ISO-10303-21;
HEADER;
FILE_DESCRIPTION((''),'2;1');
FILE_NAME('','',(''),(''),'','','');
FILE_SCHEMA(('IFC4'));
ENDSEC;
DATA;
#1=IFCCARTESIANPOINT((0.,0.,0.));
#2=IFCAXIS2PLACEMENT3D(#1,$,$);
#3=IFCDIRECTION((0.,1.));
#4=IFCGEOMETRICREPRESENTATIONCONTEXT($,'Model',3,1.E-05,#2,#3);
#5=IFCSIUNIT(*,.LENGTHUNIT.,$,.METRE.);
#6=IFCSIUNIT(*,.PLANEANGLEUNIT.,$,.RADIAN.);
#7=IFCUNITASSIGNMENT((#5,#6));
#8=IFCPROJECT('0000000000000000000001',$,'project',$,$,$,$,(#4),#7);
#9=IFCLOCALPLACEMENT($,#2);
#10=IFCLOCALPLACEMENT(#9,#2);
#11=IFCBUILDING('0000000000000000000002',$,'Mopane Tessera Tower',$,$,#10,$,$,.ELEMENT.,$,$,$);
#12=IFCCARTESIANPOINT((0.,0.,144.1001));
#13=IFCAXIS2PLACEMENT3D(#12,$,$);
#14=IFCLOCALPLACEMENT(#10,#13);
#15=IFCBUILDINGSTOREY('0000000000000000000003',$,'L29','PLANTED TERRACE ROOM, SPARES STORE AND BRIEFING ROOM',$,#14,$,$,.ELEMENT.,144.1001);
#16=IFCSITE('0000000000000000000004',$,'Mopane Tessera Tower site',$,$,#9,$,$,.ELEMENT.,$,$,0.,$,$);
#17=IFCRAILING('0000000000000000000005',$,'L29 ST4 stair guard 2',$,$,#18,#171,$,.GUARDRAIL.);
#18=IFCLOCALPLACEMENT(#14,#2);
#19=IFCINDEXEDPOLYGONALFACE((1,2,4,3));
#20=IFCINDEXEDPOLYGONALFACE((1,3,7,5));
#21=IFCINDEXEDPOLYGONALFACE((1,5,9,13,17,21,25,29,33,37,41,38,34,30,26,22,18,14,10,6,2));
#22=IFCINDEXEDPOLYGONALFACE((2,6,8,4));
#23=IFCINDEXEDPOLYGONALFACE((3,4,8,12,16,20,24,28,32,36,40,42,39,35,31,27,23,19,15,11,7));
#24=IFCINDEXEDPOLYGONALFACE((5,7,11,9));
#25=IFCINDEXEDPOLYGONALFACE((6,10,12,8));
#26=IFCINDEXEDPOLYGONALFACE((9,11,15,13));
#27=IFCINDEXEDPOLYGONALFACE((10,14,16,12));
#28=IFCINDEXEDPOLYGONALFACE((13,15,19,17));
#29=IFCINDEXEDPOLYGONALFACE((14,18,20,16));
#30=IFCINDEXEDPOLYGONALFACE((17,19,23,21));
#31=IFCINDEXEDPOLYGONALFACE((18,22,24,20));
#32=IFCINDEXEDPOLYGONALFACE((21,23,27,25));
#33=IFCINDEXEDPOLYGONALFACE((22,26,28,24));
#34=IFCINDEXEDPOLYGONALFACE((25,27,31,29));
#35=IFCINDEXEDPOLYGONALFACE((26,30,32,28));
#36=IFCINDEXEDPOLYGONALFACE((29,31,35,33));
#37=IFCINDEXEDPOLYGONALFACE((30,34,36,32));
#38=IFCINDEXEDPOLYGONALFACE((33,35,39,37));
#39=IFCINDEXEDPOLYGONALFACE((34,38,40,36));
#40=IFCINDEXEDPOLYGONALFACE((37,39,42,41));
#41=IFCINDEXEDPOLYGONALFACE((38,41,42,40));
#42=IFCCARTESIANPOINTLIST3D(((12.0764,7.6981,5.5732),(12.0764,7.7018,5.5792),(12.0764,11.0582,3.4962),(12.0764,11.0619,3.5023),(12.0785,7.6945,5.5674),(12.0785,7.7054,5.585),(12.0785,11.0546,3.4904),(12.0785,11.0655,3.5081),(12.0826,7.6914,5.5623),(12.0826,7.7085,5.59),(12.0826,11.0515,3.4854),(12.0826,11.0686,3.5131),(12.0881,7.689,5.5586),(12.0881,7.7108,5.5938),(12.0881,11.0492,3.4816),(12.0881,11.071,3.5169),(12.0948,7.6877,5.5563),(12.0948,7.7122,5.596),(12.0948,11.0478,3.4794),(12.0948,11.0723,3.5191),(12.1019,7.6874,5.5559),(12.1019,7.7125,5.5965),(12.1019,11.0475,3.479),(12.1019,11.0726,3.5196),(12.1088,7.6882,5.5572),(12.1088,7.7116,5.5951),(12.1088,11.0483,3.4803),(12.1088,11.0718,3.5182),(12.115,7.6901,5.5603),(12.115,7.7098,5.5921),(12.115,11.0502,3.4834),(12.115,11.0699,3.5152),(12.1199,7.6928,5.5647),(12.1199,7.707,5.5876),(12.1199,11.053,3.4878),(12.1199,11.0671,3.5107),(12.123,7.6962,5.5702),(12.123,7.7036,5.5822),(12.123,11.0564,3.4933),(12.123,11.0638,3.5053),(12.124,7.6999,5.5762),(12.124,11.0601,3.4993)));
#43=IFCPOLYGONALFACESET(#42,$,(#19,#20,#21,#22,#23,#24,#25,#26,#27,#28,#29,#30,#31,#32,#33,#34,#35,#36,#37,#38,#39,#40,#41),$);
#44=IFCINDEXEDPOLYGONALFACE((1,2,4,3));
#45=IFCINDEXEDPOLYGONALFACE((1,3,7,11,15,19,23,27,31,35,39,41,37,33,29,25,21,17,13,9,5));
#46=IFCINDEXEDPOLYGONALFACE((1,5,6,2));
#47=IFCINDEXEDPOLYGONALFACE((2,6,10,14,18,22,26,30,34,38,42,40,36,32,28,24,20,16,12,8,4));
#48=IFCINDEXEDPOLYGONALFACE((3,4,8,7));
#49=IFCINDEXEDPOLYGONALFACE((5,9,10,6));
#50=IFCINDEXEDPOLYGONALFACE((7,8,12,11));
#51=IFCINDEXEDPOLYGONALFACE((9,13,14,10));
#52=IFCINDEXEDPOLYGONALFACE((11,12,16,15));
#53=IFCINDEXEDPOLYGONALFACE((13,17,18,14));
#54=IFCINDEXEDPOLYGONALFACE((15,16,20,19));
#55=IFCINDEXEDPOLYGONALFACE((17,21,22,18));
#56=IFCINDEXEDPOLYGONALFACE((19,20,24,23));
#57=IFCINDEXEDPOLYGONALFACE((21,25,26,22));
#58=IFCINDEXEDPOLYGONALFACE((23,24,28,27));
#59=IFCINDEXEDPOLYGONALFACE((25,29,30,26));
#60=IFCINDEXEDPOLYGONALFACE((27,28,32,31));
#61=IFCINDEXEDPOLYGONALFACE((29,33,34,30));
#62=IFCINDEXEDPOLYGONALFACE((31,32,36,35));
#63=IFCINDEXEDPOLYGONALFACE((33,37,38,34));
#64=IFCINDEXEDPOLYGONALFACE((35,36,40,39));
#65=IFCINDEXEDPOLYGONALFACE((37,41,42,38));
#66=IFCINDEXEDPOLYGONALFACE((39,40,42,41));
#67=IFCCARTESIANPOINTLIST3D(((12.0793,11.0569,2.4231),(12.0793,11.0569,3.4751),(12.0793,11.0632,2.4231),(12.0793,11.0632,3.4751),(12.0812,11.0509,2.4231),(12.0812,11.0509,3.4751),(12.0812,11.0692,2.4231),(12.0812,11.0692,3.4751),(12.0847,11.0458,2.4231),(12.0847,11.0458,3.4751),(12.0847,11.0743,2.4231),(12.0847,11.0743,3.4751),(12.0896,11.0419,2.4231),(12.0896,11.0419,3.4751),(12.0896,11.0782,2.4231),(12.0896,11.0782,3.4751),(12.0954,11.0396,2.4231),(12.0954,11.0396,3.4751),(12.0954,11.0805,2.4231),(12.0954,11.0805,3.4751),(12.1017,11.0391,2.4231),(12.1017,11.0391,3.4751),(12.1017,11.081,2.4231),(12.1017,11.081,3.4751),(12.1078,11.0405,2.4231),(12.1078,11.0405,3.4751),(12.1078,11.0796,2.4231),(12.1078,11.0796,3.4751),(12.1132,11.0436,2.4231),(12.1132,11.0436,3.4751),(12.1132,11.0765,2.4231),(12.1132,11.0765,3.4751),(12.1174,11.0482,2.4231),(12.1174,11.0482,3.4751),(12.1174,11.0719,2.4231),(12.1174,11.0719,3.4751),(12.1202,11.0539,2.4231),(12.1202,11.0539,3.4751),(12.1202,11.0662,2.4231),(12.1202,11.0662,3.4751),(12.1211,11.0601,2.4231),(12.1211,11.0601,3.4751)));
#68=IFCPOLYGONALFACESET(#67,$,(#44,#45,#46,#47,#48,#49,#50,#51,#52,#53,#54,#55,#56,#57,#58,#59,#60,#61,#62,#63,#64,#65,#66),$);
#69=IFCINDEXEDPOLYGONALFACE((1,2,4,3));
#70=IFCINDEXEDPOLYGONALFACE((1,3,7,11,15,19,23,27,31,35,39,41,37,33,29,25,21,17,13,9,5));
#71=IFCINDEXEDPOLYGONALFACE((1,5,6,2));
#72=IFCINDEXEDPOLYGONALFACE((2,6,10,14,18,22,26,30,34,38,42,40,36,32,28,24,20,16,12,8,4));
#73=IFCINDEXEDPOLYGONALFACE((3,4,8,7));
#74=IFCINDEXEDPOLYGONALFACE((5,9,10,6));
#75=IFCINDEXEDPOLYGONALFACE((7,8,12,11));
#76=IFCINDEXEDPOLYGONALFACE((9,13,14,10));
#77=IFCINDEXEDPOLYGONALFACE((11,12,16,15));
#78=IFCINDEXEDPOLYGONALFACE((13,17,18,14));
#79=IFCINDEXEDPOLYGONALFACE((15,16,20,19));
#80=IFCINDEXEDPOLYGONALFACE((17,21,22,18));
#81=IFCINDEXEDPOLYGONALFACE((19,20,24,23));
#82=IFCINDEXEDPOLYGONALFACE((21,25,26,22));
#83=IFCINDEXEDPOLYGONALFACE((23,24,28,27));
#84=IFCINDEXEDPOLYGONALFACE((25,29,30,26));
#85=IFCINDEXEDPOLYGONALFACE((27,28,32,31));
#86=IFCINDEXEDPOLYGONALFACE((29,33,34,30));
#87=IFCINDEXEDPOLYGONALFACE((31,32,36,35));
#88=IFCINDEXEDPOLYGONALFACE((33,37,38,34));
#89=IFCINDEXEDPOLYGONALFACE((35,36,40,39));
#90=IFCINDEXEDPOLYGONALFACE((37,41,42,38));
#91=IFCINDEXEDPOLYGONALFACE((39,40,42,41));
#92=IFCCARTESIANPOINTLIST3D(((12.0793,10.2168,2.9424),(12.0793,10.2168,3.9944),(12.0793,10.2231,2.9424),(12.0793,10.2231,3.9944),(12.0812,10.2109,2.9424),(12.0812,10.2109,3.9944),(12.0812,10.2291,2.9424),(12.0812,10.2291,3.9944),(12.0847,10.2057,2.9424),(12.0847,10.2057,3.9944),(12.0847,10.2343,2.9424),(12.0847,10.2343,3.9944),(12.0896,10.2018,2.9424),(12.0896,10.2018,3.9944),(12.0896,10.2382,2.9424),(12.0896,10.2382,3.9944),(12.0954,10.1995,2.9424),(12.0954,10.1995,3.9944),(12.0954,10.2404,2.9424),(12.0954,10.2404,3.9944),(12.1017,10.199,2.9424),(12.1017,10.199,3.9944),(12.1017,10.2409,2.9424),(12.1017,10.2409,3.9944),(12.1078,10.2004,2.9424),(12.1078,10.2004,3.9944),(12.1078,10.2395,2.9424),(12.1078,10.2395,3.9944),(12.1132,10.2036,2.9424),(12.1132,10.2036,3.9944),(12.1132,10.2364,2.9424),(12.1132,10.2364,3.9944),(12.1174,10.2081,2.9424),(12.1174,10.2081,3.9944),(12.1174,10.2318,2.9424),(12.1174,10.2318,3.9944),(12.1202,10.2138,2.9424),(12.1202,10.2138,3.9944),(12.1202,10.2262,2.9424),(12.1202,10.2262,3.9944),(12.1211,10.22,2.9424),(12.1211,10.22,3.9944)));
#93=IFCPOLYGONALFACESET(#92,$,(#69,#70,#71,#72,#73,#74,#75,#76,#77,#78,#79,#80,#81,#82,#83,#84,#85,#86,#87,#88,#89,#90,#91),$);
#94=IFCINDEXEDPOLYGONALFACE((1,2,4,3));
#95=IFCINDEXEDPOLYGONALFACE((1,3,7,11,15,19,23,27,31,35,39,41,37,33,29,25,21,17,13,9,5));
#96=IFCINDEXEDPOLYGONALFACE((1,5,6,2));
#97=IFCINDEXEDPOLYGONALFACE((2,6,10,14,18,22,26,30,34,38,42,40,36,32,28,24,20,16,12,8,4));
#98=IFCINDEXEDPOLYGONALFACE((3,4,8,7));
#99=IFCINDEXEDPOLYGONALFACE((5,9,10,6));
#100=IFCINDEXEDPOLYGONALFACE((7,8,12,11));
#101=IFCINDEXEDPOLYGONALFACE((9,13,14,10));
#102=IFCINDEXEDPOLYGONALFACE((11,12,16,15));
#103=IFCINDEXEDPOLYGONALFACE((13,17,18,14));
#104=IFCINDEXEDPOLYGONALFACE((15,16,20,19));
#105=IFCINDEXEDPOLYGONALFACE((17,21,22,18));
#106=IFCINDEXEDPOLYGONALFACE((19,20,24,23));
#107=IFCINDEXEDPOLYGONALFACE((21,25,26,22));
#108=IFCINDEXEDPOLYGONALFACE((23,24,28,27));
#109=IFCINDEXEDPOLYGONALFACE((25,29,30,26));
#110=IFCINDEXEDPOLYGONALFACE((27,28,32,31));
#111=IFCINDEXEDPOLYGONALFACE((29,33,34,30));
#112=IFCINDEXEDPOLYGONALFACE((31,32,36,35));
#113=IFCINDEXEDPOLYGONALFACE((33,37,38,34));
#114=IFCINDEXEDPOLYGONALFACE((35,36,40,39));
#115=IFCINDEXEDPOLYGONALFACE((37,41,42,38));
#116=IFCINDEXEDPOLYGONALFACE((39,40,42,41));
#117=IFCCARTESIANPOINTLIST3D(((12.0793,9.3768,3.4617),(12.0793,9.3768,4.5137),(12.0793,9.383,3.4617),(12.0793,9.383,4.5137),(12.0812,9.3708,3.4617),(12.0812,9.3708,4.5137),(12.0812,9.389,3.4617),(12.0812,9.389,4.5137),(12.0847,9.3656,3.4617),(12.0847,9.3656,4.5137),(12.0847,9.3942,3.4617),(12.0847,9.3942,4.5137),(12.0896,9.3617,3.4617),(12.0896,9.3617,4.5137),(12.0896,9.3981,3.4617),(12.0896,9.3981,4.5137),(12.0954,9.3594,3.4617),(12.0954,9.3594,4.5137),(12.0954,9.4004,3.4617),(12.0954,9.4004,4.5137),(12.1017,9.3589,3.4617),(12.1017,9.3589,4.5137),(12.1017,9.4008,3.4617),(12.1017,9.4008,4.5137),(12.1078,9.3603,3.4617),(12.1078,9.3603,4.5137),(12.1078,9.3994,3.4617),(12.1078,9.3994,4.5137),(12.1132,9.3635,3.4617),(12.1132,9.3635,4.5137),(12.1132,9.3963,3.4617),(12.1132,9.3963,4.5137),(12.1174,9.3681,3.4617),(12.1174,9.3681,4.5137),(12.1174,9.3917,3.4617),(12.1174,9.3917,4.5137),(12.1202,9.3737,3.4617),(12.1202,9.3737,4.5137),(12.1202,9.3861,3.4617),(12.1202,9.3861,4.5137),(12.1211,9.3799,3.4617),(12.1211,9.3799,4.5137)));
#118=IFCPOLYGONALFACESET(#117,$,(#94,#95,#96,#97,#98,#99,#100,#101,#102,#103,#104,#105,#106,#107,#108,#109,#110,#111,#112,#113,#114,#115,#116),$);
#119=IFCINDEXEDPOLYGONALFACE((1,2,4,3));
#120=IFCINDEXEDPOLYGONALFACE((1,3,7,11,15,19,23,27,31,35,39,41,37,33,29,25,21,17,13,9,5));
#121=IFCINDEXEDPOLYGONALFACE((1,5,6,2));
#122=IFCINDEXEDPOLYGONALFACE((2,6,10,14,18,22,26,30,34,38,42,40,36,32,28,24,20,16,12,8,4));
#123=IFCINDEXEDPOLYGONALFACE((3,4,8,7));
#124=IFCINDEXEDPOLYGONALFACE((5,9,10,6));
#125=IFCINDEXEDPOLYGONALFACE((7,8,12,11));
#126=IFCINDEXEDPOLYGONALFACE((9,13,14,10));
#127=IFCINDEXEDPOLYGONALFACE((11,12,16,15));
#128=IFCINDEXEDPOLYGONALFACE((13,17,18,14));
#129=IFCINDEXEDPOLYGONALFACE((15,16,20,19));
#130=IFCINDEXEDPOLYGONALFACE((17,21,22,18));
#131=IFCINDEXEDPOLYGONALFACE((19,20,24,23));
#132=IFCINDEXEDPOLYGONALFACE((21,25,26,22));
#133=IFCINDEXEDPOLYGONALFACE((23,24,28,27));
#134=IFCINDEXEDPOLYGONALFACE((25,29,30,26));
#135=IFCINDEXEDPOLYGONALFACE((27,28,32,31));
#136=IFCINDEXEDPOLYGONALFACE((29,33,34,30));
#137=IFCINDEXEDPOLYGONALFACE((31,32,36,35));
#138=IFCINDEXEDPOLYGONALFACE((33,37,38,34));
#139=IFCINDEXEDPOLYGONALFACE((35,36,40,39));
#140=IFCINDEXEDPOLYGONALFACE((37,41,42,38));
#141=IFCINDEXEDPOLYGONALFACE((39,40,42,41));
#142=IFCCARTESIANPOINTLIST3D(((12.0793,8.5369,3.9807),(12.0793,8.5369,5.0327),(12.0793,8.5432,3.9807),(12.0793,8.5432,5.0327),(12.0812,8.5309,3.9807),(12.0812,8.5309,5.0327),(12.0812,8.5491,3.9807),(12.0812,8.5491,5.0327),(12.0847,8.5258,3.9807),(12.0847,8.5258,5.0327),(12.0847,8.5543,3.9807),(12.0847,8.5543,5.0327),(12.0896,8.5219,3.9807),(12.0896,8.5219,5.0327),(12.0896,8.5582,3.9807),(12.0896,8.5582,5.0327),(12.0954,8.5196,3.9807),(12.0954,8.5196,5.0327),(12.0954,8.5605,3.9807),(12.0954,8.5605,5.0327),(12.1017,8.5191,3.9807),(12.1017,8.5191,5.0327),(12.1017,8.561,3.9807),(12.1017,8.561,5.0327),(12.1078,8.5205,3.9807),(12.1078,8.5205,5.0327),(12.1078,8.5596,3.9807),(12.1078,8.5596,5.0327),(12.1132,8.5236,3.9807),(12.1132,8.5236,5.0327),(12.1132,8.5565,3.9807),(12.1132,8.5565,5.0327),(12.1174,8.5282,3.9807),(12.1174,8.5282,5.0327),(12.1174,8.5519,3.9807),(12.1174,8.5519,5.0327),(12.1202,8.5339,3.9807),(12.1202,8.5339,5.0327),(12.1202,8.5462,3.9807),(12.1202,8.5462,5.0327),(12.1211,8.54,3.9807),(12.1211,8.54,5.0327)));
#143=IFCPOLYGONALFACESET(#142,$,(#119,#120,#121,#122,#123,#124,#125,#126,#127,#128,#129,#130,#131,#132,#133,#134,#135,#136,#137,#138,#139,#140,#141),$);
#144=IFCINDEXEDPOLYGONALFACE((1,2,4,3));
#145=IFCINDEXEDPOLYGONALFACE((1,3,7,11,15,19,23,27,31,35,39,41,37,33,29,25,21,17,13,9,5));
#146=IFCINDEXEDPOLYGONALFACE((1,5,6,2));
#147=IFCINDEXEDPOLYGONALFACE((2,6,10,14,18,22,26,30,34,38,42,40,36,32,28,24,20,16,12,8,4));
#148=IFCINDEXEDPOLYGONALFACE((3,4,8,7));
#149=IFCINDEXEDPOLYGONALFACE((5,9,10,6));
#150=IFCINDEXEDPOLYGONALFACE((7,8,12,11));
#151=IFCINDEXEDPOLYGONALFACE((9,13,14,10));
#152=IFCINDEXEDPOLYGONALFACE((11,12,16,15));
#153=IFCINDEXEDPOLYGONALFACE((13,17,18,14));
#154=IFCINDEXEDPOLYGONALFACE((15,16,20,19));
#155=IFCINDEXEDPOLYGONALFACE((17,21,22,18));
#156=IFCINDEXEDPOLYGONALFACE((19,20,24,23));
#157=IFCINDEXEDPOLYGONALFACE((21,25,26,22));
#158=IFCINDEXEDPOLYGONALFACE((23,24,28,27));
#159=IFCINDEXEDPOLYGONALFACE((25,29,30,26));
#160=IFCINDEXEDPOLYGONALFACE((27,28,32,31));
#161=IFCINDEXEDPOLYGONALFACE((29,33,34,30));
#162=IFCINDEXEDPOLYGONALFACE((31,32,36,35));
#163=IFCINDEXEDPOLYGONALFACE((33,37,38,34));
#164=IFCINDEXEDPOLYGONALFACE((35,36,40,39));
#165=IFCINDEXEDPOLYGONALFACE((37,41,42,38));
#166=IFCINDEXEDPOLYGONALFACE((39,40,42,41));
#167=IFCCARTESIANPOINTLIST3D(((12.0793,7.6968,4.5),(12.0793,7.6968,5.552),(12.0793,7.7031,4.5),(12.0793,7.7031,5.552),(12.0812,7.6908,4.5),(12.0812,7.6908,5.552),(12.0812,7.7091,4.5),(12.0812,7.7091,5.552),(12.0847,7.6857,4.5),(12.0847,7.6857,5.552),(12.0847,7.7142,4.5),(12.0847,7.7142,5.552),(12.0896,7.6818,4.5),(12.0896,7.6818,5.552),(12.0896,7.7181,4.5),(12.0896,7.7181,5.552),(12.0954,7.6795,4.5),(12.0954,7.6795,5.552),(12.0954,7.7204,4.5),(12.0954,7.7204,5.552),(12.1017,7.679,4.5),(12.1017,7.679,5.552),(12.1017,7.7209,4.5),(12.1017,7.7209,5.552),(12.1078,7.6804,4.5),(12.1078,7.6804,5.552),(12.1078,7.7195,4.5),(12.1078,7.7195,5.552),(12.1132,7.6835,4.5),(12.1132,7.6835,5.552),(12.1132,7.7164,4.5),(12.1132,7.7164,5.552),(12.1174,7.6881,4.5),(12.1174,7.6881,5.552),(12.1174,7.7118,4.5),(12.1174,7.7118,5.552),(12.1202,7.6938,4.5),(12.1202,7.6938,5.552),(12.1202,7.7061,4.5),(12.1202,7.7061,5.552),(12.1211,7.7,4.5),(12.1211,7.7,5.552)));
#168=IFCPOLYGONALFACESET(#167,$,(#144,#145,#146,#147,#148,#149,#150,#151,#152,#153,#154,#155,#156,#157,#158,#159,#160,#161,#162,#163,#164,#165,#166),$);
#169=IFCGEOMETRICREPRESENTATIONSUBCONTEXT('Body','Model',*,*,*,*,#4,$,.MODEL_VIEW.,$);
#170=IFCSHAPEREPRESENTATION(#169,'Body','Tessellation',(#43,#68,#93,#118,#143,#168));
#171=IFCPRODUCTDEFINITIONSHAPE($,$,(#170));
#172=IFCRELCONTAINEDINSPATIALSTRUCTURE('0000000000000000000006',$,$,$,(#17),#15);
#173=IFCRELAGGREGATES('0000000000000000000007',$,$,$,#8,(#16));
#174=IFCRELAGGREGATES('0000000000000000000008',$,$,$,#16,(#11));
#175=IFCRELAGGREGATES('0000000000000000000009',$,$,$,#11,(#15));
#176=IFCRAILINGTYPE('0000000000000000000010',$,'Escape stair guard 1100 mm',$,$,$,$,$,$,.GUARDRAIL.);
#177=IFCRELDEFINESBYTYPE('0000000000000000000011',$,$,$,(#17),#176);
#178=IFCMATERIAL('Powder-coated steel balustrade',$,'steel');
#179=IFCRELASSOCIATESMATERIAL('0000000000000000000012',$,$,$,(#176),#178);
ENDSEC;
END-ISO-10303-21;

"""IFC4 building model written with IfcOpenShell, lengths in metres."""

from ifc_helpers import new_model, si_unit, direction, frame, origin, origin_2d, place, context, subcontext, project, spatial, circle, extrude, material, type_object, element, save


model = new_model("IFC4")

# Units and contexts
model_context = context("Model", 3, precision=1e-05, world=origin(), true_north=direction((0.0, 1.0)))
body_context = subcontext(model_context, "Body", "Model", "MODEL_VIEW")
ifc_project = project(units=[si_unit("LENGTHUNIT", "METRE"), si_unit("PLANEANGLEUNIT", "RADIAN")], contexts=[model_context])

# Site, building, storey
site_placement = place(None, origin())
site = spatial("IfcSite", under=ifc_project, at=site_placement, Name="Mopane Tessera Tower site", CompositionType="ELEMENT", RefElevation=0.0)
building_placement = place(site_placement, origin())
building = spatial("IfcBuilding", under=site, at=building_placement, Name="Mopane Tessera Tower", CompositionType="ELEMENT")
storey_placement = place(building_placement, frame((0.0, 0.0, 144.1001)))
storey = spatial("IfcBuildingStorey", under=building, at=storey_placement, Name="L29", Description="PLANTED TERRACE ROOM, SPARES STORE AND BRIEFING ROOM", CompositionType="ELEMENT", Elevation=144.1001)

# Railing
ifc_material_1 = material(Name="Powder-coated steel balustrade", Category="steel")
railing_type_1 = type_object("IfcRailingType", Name="Escape stair guard 1100 mm", PredefinedType="GUARDRAIL", material=ifc_material_1)
railing_1_placement = place(storey_placement, frame((12.1001, 11.0601, 2.4231)))
element("IfcRailing", 1, at=railing_1_placement, inside=storey, type_object=railing_type_1, Name="L29 ST4 stair guard 2", PredefinedType="GUARDRAIL", context=body_context, shape_type="SweptSolid", body=[
    extrude(circle(Radius=0.0239, at=origin_2d()), frame((0.0, 0.0, 1.0762), z_axis=(0.0, -0.850623, 0.525776), x_axis=(1.0, 0.0, 0.0)), (0.0, 0.0, 1.0), 3.9502),
    extrude(circle(Radius=0.021, at=origin_2d()), origin(), (0.0, 0.0, 1.0), 1.052),
    extrude(circle(Radius=0.021, at=origin_2d()), frame((0.0, -0.8401, 0.5193)), (0.0, 0.0, 1.0), 1.052),
    extrude(circle(Radius=0.021, at=origin_2d()), frame((0.0, -1.6802, 1.0386)), (0.0, 0.0, 1.0), 1.052),
    extrude(circle(Radius=0.021, at=origin_2d()), frame((0.0, -2.52, 1.5576)), (0.0, 0.0, 1.0), 1.052),
    extrude(circle(Radius=0.021, at=origin_2d()), frame((0.0, -3.3601, 2.0769)), (0.0, 0.0, 1.0), 1.052),
])

save(model, "model.ifc")
